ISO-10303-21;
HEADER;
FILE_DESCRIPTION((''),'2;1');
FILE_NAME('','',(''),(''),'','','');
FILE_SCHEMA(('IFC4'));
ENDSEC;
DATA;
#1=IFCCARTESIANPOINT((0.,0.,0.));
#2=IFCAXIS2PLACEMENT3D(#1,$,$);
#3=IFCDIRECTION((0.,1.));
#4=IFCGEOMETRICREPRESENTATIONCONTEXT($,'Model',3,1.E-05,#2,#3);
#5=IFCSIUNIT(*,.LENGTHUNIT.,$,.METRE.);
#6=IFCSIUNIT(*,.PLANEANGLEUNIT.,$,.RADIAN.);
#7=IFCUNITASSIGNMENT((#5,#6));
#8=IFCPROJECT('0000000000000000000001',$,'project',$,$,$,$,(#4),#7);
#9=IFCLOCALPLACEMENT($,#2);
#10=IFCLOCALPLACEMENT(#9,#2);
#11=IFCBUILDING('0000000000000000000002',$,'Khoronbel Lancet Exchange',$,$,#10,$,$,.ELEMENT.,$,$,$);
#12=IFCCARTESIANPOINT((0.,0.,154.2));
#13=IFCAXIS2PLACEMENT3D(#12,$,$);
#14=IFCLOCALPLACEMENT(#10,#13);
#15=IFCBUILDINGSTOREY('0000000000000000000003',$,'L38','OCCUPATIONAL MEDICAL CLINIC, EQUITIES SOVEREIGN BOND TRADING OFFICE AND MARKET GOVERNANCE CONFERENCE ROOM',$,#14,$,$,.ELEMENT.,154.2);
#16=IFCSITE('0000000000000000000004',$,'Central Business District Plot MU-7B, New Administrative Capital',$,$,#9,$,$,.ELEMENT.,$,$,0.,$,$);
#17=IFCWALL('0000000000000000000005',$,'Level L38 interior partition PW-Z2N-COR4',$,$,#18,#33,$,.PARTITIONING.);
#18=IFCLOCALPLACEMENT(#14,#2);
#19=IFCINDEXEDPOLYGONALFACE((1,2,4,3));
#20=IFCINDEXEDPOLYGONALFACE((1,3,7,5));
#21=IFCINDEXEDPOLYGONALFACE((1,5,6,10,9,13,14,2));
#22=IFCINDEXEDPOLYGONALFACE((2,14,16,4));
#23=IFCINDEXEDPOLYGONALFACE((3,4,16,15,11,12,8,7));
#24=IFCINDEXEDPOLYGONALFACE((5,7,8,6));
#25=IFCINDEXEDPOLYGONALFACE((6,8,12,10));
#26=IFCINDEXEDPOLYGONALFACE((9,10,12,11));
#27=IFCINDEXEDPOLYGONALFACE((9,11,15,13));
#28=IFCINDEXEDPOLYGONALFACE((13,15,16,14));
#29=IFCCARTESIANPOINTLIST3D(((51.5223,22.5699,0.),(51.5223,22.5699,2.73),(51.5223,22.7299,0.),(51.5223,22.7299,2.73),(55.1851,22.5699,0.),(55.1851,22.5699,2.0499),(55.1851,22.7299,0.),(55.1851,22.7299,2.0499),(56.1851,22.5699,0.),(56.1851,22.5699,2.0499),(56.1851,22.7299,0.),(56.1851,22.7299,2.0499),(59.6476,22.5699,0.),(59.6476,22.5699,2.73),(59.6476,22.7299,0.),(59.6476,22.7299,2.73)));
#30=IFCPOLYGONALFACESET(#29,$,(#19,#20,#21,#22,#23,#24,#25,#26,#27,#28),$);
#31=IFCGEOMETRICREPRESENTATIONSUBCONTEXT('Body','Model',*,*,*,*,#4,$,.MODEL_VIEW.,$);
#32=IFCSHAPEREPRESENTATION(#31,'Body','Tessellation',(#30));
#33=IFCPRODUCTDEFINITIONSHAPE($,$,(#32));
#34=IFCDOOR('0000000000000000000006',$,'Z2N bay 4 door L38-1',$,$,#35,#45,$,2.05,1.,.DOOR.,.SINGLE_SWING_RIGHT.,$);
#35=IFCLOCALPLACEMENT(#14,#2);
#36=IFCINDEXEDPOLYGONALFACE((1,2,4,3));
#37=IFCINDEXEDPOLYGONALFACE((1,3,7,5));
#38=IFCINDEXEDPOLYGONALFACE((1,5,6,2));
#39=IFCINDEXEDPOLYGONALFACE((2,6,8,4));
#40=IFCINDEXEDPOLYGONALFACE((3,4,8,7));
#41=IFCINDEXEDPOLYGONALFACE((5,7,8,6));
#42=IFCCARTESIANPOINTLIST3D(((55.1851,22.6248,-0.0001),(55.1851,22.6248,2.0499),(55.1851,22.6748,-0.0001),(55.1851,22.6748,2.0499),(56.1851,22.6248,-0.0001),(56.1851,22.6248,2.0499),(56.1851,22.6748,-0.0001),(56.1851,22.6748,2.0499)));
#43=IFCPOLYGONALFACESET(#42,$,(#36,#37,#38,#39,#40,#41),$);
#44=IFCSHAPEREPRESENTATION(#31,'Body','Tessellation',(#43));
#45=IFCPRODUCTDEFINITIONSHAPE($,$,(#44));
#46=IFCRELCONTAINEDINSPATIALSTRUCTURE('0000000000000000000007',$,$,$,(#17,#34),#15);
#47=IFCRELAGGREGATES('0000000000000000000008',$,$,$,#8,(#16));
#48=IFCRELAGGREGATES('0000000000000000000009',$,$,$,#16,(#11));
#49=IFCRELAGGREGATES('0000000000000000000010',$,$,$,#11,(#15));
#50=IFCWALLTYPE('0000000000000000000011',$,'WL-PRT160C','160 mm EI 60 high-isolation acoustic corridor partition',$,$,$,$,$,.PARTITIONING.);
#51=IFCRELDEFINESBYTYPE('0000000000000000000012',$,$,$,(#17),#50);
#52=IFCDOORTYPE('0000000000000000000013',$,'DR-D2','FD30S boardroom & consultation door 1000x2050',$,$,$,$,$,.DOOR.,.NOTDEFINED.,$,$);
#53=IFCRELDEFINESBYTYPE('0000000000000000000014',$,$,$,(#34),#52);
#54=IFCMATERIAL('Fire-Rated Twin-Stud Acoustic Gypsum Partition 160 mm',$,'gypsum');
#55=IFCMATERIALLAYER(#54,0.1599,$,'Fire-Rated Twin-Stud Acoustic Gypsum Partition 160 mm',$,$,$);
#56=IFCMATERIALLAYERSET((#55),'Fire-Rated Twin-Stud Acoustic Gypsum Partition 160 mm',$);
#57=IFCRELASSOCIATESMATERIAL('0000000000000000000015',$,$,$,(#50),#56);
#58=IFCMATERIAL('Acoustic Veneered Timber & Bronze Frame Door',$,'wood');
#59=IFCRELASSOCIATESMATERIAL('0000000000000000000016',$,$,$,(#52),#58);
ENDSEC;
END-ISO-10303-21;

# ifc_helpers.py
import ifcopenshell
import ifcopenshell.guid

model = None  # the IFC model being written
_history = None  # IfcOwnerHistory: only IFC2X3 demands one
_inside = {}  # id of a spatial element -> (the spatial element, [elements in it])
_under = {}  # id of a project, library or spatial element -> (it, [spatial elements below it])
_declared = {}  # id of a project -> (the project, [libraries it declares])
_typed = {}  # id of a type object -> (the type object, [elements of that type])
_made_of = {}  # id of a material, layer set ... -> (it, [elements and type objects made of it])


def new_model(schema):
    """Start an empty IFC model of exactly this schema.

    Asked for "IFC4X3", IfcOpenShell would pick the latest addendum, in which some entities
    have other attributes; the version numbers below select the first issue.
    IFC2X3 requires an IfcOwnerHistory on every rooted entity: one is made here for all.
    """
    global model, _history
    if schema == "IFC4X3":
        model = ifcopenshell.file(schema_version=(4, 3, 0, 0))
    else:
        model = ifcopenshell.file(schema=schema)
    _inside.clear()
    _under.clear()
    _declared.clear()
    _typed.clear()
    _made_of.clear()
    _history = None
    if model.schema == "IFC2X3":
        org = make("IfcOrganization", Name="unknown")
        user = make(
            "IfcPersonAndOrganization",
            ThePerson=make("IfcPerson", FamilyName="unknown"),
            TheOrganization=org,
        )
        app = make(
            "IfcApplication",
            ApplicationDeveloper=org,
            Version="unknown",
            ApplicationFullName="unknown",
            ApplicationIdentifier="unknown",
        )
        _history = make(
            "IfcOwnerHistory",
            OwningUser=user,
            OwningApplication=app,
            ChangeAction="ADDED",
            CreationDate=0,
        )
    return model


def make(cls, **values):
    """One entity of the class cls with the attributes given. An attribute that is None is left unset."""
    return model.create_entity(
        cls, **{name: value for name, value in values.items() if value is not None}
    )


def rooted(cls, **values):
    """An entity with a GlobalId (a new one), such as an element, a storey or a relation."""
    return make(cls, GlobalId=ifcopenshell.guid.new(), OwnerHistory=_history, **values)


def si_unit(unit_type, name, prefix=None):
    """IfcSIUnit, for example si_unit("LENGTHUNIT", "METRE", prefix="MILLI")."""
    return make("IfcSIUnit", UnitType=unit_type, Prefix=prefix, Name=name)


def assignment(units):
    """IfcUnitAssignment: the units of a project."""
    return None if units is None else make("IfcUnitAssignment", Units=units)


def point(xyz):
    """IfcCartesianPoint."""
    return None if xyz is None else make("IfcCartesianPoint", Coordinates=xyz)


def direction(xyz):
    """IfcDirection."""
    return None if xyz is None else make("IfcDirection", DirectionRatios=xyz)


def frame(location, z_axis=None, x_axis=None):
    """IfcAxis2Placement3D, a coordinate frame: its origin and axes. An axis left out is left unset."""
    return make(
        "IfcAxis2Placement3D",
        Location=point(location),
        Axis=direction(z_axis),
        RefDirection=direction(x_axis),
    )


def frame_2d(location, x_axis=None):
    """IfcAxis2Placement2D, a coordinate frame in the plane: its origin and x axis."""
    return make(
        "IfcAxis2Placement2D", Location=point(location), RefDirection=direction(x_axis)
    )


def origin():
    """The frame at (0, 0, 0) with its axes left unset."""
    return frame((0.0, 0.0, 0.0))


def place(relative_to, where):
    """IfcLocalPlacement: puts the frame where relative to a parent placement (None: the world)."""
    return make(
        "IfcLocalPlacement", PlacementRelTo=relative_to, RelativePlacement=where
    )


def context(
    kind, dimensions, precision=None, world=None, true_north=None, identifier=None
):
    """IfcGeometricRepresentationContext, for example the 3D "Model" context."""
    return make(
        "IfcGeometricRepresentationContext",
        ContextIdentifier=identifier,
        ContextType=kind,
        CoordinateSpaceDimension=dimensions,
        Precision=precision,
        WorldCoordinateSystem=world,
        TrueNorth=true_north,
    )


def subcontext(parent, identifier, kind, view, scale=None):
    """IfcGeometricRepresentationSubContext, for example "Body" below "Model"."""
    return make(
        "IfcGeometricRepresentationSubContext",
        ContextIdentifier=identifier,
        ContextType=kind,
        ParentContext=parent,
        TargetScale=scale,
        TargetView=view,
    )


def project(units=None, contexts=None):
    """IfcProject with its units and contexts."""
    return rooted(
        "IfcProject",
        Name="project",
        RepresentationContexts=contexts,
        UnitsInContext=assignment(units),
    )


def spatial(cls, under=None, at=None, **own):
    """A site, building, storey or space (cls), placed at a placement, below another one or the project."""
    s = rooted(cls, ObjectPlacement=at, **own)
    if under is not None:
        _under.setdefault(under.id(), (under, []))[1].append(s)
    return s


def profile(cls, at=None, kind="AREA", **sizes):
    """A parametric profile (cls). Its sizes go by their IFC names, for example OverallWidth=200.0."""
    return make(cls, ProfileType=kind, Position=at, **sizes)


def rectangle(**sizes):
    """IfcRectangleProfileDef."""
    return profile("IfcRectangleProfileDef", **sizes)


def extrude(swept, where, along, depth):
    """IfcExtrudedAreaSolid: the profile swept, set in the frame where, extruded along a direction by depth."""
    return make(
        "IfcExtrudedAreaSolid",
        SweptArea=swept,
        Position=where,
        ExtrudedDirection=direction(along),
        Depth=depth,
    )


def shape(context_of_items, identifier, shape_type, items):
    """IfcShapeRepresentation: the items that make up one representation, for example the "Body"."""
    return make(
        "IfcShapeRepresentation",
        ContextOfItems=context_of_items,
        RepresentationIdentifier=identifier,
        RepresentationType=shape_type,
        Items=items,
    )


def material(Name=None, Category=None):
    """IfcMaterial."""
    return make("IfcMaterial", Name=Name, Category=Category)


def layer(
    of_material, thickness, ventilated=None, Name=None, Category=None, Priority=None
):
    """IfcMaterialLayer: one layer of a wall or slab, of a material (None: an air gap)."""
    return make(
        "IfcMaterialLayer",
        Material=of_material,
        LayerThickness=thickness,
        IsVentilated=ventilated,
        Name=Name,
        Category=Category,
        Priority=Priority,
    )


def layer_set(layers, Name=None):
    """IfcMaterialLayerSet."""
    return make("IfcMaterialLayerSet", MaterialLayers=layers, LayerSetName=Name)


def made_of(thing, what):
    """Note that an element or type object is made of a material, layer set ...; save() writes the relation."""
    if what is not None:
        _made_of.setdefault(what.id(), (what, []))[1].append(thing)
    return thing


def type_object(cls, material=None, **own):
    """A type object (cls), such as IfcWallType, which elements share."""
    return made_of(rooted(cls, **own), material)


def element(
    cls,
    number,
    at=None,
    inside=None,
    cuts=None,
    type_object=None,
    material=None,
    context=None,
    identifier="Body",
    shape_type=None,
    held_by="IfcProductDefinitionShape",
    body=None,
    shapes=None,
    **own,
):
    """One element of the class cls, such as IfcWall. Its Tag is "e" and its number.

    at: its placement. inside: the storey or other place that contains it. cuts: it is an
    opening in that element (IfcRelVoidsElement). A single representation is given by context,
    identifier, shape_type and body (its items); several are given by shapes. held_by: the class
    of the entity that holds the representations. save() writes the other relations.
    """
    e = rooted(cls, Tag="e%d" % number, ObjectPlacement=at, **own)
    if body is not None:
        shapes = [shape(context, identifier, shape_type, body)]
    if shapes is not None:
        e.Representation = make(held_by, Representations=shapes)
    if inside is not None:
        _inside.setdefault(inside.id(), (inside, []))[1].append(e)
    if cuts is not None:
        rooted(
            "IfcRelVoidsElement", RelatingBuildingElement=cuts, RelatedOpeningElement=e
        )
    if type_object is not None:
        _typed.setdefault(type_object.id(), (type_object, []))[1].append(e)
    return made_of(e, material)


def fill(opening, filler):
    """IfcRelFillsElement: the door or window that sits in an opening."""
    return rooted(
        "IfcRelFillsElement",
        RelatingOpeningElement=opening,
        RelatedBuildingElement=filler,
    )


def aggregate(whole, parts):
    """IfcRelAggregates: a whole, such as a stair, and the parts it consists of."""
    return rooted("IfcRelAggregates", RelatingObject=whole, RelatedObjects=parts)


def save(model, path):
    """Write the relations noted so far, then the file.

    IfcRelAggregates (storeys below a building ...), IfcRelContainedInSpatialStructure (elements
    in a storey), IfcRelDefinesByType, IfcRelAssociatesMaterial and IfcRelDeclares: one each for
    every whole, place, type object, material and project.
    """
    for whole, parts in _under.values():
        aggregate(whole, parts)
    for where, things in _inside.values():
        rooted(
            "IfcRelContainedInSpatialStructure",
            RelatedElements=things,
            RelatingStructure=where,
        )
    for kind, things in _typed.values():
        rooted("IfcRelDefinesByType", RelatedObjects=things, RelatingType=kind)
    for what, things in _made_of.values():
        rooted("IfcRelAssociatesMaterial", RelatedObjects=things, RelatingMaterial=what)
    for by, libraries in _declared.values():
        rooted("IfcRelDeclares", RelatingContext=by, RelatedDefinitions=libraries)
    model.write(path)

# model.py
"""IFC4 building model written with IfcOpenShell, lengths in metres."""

from ifc_helpers import new_model, si_unit, direction, frame, frame_2d, origin, place, context, subcontext, project, spatial, rectangle, extrude, material, layer, layer_set, type_object, element, fill, save


model = new_model("IFC4")

# Units and contexts
model_context = context("Model", 3, precision=1e-05, world=origin(), true_north=direction((0.0, 1.0)))
body_context = subcontext(model_context, "Body", "Model", "MODEL_VIEW")
ifc_project = project(units=[si_unit("LENGTHUNIT", "METRE"), si_unit("PLANEANGLEUNIT", "RADIAN")], contexts=[model_context])

# Site, building, storey
site_placement = place(None, origin())
site = spatial("IfcSite", under=ifc_project, at=site_placement, Name="Central Business District Plot MU-7B, New Administrative Capital", CompositionType="ELEMENT", RefElevation=0.0)
building_placement = place(site_placement, origin())
building = spatial("IfcBuilding", under=site, at=building_placement, Name="Khoronbel Lancet Exchange", CompositionType="ELEMENT")
storey_placement = place(building_placement, frame((0.0, 0.0, 154.2)))
storey = spatial("IfcBuildingStorey", under=building, at=storey_placement, Name="L38", Description="OCCUPATIONAL MEDICAL CLINIC, EQUITIES SOVEREIGN BOND TRADING OFFICE AND MARKET GOVERNANCE CONFERENCE ROOM", CompositionType="ELEMENT", Elevation=154.2)

# Wall, opening, door
ifc_material_1 = material(Name="Fire-Rated Twin-Stud Acoustic Gypsum Partition 160 mm", Category="gypsum")
ifc_layer_1 = layer(ifc_material_1, 0.1599, Name="Fire-Rated Twin-Stud Acoustic Gypsum Partition 160 mm")
ifc_layer_set_1 = layer_set([ifc_layer_1], Name="Fire-Rated Twin-Stud Acoustic Gypsum Partition 160 mm")
wall_type_1 = type_object("IfcWallType", Name="WL-PRT160C", Description="160 mm EI 60 high-isolation acoustic corridor partition", PredefinedType="PARTITIONING", material=ifc_layer_set_1)
ifc_material_2 = material(Name="Acoustic Veneered Timber & Bronze Frame Door", Category="wood")
door_type_1 = type_object("IfcDoorType", Name="DR-D2", Description="FD30S boardroom & consultation door 1000x2050", OperationType="NOTDEFINED", PredefinedType="DOOR", material=ifc_material_2)
wall_1_placement = place(storey_placement, frame((51.5225, 22.6499, 0.0), z_axis=(0.0, 0.0, 1.0), x_axis=(1.0, 0.0, 0.0)))
wall_1 = element("IfcWall", 1, at=wall_1_placement, inside=storey, type_object=wall_type_1, Name="Level L38 interior partition PW-Z2N-COR4", PredefinedType="PARTITIONING", context=body_context, shape_type="SweptSolid", body=[
    extrude(rectangle(XDim=8.1252, YDim=0.1599, at=frame_2d((4.0625, 0.0))), origin(), (0.0, 0.0, 1.0), 2.73),
])
opening_1_placement = place(wall_1_placement, frame((3.6626, 0.0, 0.0)))
opening_1 = element("IfcOpeningElement", 2, at=opening_1_placement, cuts=wall_1, PredefinedType="OPENING", context=body_context, shape_type="SweptSolid", body=[
    extrude(rectangle(XDim=1.0, YDim=2.05, at=frame_2d((0.5, 1.0249))), frame((0.0, 0.0898, 0.0), z_axis=(0.0, -1.0, 0.0), x_axis=(1.0, 0.0, 0.0)), (0.0, 0.0, 1.0), 0.1799),
])
door_1_placement = place(opening_1_placement, origin())
door_1 = element("IfcDoor", 3, at=door_1_placement, inside=storey, type_object=door_type_1, Name="Z2N bay 4 door L38-1", OperationType="SINGLE_SWING_RIGHT", OverallHeight=2.05, OverallWidth=1.0, PredefinedType="DOOR", context=body_context, shape_type="SweptSolid", body=[
    extrude(rectangle(XDim=1.0, YDim=2.05, at=frame_2d((0.5, 1.0249))), frame((0.0, 0.0249, 0.0), z_axis=(0.0, -1.0, 0.0), x_axis=(1.0, 0.0, 0.0)), (0.0, 0.0, 1.0), 0.05),
])
fill(opening_1, door_1)

save(model, "model.ifc")
